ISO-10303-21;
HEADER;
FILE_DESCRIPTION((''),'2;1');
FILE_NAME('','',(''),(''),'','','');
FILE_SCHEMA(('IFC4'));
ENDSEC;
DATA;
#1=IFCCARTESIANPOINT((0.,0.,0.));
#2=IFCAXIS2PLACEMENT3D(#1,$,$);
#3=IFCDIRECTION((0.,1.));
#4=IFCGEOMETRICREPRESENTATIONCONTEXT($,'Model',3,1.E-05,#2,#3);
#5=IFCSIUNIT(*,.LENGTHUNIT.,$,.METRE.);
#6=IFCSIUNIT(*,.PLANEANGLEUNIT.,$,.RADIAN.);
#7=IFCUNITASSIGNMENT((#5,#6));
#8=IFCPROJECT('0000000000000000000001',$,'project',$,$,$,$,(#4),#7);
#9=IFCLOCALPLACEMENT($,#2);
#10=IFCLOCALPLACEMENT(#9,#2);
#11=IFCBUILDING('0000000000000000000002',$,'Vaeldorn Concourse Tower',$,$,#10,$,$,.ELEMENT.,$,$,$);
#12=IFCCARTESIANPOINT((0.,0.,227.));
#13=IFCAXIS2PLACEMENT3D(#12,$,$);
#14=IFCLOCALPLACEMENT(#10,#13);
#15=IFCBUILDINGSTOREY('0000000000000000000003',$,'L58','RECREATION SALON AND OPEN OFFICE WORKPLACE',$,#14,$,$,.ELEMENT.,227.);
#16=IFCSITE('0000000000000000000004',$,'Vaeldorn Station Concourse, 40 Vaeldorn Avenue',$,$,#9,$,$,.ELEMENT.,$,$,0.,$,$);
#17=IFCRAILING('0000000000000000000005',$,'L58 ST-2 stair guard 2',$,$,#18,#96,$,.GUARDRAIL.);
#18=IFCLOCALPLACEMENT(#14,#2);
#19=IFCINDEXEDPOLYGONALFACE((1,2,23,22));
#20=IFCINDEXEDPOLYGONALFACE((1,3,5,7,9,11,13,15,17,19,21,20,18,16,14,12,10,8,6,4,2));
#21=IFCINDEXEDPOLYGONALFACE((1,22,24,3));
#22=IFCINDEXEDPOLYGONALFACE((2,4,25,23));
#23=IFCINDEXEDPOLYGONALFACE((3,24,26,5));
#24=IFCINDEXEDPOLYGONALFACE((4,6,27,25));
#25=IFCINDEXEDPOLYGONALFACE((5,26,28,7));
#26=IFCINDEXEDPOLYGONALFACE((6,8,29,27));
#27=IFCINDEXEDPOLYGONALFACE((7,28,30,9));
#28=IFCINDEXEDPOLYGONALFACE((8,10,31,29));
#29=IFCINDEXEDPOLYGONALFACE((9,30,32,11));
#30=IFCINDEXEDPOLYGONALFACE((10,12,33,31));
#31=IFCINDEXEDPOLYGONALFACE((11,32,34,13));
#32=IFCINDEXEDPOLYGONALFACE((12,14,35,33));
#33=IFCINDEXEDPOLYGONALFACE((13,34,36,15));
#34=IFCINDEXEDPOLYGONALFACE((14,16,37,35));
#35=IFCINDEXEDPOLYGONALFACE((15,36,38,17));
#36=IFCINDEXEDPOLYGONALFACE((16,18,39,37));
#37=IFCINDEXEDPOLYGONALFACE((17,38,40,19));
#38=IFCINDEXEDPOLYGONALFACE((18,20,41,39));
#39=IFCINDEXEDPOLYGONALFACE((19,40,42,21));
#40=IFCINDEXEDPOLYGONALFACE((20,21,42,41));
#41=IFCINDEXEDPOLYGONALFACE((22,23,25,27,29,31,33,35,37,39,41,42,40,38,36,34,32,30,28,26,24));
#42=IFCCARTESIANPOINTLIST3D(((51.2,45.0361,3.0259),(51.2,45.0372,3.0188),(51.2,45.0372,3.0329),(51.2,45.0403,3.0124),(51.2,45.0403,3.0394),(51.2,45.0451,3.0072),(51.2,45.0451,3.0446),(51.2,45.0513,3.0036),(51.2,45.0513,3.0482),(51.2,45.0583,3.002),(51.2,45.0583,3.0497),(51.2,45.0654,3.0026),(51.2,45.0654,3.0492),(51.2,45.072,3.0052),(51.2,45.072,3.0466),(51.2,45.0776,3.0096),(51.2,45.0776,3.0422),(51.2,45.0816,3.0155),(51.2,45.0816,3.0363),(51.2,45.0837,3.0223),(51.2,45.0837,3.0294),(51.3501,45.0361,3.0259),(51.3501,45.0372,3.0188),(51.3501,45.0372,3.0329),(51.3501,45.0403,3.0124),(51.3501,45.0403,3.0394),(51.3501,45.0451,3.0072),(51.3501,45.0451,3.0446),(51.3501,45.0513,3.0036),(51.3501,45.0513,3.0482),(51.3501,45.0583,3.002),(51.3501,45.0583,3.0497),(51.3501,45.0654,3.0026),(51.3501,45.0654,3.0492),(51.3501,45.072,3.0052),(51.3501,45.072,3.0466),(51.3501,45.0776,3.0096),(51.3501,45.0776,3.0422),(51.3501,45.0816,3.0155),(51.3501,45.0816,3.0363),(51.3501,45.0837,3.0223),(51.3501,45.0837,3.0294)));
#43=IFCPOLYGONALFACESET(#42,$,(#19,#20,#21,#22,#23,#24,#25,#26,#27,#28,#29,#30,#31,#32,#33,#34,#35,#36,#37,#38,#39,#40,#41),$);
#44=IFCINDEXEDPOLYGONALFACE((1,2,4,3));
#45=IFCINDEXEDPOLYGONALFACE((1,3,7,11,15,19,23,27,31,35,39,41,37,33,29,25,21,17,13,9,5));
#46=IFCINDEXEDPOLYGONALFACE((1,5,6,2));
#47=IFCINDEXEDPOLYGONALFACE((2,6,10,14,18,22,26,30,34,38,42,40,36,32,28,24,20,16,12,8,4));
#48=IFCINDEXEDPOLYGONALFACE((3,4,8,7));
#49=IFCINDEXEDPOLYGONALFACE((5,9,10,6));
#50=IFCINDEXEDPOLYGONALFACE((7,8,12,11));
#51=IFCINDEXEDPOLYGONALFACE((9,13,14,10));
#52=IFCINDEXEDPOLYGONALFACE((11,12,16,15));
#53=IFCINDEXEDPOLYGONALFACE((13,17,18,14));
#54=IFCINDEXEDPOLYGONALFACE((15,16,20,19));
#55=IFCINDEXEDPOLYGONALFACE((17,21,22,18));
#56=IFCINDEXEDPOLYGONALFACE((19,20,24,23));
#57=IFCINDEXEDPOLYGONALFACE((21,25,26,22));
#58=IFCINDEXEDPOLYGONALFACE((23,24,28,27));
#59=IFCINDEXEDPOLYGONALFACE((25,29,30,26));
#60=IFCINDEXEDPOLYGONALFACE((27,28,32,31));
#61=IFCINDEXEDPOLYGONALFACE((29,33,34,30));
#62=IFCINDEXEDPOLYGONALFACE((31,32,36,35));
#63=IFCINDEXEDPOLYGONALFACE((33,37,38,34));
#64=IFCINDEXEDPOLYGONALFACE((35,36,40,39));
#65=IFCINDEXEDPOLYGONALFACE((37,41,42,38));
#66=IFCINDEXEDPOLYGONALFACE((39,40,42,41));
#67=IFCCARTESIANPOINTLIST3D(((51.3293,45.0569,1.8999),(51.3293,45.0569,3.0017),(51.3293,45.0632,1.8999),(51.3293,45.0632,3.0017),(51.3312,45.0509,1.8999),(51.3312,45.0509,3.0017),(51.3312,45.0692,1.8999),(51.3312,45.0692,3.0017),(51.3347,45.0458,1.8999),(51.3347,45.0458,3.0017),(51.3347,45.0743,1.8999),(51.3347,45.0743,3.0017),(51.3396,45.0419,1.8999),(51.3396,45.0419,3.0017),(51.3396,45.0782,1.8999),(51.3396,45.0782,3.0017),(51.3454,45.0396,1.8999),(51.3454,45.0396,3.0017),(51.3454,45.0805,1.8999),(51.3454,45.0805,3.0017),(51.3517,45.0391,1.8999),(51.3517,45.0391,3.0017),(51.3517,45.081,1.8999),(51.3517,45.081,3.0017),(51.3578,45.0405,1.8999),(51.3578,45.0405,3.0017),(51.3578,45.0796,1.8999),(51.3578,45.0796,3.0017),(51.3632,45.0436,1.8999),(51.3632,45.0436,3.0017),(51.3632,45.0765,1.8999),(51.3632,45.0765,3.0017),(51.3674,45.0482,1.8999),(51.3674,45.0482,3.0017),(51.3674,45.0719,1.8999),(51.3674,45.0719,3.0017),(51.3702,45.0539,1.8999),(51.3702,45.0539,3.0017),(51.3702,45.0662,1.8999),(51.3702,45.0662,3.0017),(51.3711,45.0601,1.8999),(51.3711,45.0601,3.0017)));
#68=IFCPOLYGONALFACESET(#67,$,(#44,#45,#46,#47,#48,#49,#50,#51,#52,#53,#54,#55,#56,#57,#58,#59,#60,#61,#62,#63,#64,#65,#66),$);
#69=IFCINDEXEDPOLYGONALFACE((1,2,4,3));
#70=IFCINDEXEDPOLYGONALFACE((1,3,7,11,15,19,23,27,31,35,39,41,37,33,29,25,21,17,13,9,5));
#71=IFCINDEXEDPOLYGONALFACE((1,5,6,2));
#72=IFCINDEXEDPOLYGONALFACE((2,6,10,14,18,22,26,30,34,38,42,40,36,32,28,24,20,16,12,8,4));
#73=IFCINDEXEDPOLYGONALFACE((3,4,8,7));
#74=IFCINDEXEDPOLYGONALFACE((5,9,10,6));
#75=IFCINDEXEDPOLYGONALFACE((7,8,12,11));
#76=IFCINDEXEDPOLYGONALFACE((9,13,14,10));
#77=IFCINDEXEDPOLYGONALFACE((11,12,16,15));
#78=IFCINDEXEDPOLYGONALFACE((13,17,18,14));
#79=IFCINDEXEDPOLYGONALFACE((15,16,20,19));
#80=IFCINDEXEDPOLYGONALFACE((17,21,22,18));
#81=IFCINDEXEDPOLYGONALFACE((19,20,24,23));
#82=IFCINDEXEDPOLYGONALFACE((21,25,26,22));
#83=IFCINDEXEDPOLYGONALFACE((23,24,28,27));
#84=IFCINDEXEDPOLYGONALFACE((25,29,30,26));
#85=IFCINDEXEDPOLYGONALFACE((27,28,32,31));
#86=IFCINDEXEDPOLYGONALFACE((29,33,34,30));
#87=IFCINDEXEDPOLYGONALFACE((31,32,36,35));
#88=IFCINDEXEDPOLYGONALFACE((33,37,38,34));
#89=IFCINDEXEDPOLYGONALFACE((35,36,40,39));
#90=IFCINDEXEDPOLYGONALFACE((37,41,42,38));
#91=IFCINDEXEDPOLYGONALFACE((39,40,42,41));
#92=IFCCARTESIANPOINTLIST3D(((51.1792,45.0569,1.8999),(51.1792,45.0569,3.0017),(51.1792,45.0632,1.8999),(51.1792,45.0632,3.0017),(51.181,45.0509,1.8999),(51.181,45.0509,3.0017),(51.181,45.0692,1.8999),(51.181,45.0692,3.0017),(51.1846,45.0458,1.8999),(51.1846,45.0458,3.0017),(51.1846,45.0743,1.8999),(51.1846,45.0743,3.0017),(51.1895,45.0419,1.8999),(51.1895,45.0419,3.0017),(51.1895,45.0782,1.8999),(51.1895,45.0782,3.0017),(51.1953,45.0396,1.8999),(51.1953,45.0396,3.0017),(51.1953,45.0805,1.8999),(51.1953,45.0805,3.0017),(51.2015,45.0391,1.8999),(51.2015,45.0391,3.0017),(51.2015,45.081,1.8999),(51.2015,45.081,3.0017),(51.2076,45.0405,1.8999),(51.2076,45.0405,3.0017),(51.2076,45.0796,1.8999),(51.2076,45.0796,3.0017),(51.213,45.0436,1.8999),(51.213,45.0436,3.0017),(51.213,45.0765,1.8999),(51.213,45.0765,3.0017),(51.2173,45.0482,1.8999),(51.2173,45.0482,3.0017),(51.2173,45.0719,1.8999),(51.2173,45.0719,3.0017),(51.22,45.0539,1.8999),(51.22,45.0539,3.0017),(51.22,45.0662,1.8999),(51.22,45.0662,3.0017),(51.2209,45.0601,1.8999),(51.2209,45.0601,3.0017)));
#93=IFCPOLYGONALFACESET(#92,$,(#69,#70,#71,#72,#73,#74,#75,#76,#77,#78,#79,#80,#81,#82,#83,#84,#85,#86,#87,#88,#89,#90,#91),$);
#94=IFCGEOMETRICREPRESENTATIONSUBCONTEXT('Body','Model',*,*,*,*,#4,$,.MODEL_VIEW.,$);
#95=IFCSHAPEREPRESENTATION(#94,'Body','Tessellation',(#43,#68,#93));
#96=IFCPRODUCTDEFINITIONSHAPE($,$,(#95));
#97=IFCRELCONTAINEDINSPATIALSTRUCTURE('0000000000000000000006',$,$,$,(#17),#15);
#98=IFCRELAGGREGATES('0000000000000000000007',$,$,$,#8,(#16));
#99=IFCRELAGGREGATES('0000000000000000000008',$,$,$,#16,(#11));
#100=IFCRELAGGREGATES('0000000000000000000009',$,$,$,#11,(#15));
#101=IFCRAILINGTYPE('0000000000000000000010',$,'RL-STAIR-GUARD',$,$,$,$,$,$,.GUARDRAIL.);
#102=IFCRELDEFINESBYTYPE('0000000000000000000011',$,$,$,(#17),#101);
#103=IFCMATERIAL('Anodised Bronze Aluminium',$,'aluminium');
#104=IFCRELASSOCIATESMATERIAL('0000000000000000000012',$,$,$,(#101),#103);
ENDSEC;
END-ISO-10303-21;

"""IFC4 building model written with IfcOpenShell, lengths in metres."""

from ifc_helpers import new_model, si_unit, direction, frame, origin, origin_2d, place, context, subcontext, project, spatial, circle, extrude, material, type_object, element, save


model = new_model("IFC4")

# Units and contexts
model_context = context("Model", 3, precision=1e-05, world=origin(), true_north=direction((0.0, 1.0)))
body_context = subcontext(model_context, "Body", "Model", "MODEL_VIEW")
ifc_project = project(units=[si_unit("LENGTHUNIT", "METRE"), si_unit("PLANEANGLEUNIT", "RADIAN")], contexts=[model_context])

# Site, building, storey
site_placement = place(None, origin())
site = spatial("IfcSite", under=ifc_project, at=site_placement, Name="Vaeldorn Station Concourse, 40 Vaeldorn Avenue", CompositionType="ELEMENT", RefElevation=0.0)
building_placement = place(site_placement, origin())
building = spatial("IfcBuilding", under=site, at=building_placement, Name="Vaeldorn Concourse Tower", CompositionType="ELEMENT")
storey_placement = place(building_placement, frame((0.0, 0.0, 227.0)))
storey = spatial("IfcBuildingStorey", under=building, at=storey_placement, Name="L58", Description="RECREATION SALON AND OPEN OFFICE WORKPLACE", CompositionType="ELEMENT", Elevation=227.0)

# Shared definitions
ifc_material_1 = material(Name="Anodised Bronze Aluminium", Category="aluminium")

# Railing
railing_type_1 = type_object("IfcRailingType", Name="RL-STAIR-GUARD", PredefinedType="GUARDRAIL", material=ifc_material_1)
railing_1_placement = place(storey_placement, frame((51.3501, 45.0601, 1.8999)))
element("IfcRailing", 1, at=railing_1_placement, inside=storey, type_object=railing_type_1, Name="L58 ST-2 stair guard 2", PredefinedType="GUARDRAIL", context=body_context, shape_type="SweptSolid", body=[
    extrude(circle(Radius=0.0239, at=origin_2d()), frame((0.0, 0.0, 1.126), z_axis=(-1.0, 0.0, 0.0), x_axis=(0.0, -1.0, 0.0)), (0.0, 0.0, 1.0), 0.1501),
    extrude(circle(Radius=0.021, at=origin_2d()), origin(), (0.0, 0.0, 1.0), 1.1018),
    extrude(circle(Radius=0.021, at=origin_2d()), frame((-0.1501, 0.0, 0.0)), (0.0, 0.0, 1.0), 1.1018),
])

save(model, "model.ifc")
